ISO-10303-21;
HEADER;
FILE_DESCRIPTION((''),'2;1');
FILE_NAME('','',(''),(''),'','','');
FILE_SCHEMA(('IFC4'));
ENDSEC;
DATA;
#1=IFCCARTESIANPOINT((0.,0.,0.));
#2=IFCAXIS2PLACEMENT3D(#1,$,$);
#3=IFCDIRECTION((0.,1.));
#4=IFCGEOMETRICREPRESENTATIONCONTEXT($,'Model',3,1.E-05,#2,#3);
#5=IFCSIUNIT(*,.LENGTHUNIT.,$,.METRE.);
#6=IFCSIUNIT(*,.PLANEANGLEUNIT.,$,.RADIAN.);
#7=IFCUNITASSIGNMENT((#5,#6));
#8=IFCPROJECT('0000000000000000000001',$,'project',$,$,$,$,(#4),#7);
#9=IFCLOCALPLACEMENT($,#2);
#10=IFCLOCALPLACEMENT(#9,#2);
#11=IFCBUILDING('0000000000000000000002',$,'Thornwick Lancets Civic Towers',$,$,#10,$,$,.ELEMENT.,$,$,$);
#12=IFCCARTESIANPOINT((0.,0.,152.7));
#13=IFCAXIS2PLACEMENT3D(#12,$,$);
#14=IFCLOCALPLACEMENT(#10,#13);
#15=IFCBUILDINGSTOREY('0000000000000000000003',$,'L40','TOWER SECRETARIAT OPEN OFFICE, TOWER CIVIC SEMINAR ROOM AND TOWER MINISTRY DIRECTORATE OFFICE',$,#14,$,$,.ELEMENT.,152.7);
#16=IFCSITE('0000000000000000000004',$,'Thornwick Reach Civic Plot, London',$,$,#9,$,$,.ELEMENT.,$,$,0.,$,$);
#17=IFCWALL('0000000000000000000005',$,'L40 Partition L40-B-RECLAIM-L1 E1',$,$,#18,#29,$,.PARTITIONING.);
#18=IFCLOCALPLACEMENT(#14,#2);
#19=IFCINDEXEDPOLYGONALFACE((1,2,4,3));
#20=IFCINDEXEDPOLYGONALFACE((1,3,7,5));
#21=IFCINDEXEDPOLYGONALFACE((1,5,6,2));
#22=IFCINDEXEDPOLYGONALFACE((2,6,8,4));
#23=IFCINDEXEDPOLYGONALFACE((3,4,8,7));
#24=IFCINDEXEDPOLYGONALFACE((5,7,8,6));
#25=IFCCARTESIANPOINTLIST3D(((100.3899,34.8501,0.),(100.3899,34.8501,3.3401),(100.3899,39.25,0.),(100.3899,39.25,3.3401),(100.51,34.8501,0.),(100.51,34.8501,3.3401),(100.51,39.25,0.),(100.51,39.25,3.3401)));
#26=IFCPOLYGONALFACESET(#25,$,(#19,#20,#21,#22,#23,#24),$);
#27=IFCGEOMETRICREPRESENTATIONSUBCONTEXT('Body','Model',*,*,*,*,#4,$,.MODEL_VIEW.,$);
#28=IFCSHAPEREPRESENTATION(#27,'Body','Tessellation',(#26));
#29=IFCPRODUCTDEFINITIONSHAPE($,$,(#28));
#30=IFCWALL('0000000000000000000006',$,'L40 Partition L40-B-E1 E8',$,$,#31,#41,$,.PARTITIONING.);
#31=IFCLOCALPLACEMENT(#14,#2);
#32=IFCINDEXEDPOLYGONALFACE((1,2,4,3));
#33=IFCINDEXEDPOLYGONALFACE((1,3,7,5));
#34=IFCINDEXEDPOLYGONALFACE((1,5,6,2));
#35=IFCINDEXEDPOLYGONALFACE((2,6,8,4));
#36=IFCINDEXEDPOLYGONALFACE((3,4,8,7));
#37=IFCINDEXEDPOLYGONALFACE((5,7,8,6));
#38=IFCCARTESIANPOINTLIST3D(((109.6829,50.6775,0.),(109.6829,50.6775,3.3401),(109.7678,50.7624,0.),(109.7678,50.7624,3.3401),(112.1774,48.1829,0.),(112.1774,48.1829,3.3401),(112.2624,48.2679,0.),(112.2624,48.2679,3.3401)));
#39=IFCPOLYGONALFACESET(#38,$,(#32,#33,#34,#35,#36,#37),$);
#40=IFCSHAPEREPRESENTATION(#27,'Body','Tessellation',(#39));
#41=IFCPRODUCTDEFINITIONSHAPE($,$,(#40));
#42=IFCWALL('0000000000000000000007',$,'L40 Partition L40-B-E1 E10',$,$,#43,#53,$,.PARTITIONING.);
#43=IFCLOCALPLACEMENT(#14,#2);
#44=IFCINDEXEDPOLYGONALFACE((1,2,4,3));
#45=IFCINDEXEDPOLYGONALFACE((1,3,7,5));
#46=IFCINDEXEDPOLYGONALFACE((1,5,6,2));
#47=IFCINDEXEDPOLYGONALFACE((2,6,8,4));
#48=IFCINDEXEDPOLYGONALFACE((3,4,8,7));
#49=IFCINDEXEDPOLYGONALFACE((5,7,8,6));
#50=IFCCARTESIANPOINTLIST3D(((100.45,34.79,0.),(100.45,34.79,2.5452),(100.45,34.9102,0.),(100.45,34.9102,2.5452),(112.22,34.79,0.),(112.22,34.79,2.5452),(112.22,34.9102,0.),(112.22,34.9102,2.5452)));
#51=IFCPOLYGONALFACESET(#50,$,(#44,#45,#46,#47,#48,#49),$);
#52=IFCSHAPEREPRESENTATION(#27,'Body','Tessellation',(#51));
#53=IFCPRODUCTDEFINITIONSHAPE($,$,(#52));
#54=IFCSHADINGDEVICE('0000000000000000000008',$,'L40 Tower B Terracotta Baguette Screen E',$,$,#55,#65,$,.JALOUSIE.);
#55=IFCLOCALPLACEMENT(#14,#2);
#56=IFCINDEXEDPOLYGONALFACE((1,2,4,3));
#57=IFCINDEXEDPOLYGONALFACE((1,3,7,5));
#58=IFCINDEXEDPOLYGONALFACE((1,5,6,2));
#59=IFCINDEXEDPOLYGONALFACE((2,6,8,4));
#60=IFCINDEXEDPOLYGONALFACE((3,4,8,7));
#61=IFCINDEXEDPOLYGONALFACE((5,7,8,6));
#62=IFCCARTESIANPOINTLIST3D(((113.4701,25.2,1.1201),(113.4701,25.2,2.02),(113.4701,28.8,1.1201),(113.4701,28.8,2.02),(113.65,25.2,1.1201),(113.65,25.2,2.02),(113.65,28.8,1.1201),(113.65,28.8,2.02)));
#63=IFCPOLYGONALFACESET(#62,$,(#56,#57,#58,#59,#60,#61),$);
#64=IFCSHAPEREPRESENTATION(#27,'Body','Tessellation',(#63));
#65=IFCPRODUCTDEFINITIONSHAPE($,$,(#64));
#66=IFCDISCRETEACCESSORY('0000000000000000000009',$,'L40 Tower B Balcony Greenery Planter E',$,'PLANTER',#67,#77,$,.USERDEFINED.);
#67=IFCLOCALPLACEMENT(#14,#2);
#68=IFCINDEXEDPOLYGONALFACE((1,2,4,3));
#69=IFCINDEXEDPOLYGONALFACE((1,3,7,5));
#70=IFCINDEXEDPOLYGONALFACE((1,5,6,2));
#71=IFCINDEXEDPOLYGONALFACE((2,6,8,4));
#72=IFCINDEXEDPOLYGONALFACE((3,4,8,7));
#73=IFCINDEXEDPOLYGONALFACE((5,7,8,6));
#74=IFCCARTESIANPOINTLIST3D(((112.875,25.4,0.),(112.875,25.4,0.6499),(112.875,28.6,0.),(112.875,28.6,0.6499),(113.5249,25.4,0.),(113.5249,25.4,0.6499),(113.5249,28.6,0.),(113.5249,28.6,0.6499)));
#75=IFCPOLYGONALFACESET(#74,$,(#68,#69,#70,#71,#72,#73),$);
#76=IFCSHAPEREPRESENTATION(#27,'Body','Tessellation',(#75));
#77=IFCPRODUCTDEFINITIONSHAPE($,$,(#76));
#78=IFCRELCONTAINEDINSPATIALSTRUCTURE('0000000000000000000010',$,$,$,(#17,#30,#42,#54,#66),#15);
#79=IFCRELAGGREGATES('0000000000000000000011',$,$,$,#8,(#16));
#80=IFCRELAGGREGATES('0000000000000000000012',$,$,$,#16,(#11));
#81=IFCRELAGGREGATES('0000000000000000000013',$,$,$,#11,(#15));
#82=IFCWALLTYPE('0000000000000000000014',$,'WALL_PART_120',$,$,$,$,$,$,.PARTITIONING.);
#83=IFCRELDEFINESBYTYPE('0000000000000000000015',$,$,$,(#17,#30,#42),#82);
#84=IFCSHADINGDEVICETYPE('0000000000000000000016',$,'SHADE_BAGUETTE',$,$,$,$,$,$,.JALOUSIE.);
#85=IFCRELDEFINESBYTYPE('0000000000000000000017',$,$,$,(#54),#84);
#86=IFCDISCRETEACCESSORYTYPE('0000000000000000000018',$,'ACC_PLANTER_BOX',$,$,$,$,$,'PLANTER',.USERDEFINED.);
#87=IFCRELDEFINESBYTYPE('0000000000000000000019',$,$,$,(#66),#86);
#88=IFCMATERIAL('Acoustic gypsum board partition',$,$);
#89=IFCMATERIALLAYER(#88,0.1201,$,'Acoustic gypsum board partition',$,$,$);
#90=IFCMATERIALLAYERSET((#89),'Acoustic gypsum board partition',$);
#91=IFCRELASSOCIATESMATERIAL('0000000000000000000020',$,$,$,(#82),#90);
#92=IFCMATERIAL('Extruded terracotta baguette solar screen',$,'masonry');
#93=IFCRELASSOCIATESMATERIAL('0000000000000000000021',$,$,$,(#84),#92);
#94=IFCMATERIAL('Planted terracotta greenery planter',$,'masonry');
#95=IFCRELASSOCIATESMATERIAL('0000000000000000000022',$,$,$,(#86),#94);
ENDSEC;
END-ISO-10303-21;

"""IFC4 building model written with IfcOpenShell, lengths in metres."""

from ifc_helpers import new_model, si_unit, direction, frame, frame_2d, origin, origin_2d, place, context, subcontext, project, spatial, rectangle, extrude, material, layer, layer_set, type_object, element, save


model = new_model("IFC4")

# Units and contexts
model_context = context("Model", 3, precision=1e-05, world=origin(), true_north=direction((0.0, 1.0)))
body_context = subcontext(model_context, "Body", "Model", "MODEL_VIEW")
ifc_project = project(units=[si_unit("LENGTHUNIT", "METRE"), si_unit("PLANEANGLEUNIT", "RADIAN")], contexts=[model_context])

# Site, building, storey
site_placement = place(None, origin())
site = spatial("IfcSite", under=ifc_project, at=site_placement, Name="Thornwick Reach Civic Plot, London", CompositionType="ELEMENT", RefElevation=0.0)
building_placement = place(site_placement, origin())
building = spatial("IfcBuilding", under=site, at=building_placement, Name="Thornwick Lancets Civic Towers", CompositionType="ELEMENT")
storey_placement = place(building_placement, frame((0.0, 0.0, 152.7)))
storey = spatial("IfcBuildingStorey", under=building, at=storey_placement, Name="L40", Description="TOWER SECRETARIAT OPEN OFFICE, TOWER CIVIC SEMINAR ROOM AND TOWER MINISTRY DIRECTORATE OFFICE", CompositionType="ELEMENT", Elevation=152.7)

# Walls
ifc_material_1 = material(Name="Acoustic gypsum board partition")
ifc_layer_1 = layer(ifc_material_1, 0.1201, Name="Acoustic gypsum board partition")
ifc_layer_set_1 = layer_set([ifc_layer_1], Name="Acoustic gypsum board partition")
wall_type_1 = type_object("IfcWallType", Name="WALL_PART_120", PredefinedType="PARTITIONING", material=ifc_layer_set_1)
wall_1_placement = place(storey_placement, frame((100.45, 39.25, 0.0), z_axis=(0.0, 0.0, 1.0), x_axis=(0.0, -1.0, 0.0)))
element("IfcWall", 1, at=wall_1_placement, inside=storey, type_object=wall_type_1, Name="L40 Partition L40-B-RECLAIM-L1 E1", PredefinedType="PARTITIONING", context=body_context, shape_type="SweptSolid", body=[
    extrude(rectangle(XDim=4.3999, YDim=0.1201, at=frame_2d((2.2, 0.0))), origin(), (0.0, 0.0, 1.0), 3.3401),
])
wall_2_placement = place(storey_placement, frame((109.7253, 50.72, 0.0), z_axis=(0.0, 0.0, 1.0), x_axis=(0.707107, -0.707107, 0.0)))
element("IfcWall", 2, at=wall_2_placement, inside=storey, type_object=wall_type_1, Name="L40 Partition L40-B-E1 E8", PredefinedType="PARTITIONING", context=body_context, shape_type="SweptSolid", body=[
    extrude(rectangle(XDim=3.5278, YDim=0.1201, at=frame_2d((1.7639, 0.0))), origin(), (0.0, 0.0, 1.0), 3.3401),
])
wall_3_placement = place(storey_placement, frame((112.22, 34.8501, 0.0), z_axis=(0.0, 0.0, 1.0), x_axis=(-1.0, 0.0, 0.0)))
element("IfcWall", 3, at=wall_3_placement, inside=storey, type_object=wall_type_1, Name="L40 Partition L40-B-E1 E10", PredefinedType="PARTITIONING", context=body_context, shape_type="SweptSolid", body=[
    extrude(rectangle(XDim=11.77, YDim=0.1201, at=frame_2d((5.885, 0.0))), origin(), (0.0, 0.0, 1.0), 2.5452),
])

# Shading device
ifc_material_2 = material(Name="Extruded terracotta baguette solar screen", Category="masonry")
shading_device_type = type_object("IfcShadingDeviceType", Name="SHADE_BAGUETTE", PredefinedType="JALOUSIE", material=ifc_material_2)
shading_device_placement = place(storey_placement, frame((113.5601, 27.0, 1.1201), z_axis=(0.0, 0.0, 1.0), x_axis=(0.0, 1.0, 0.0)))
element("IfcShadingDevice", 4, at=shading_device_placement, inside=storey, type_object=shading_device_type, Name="L40 Tower B Terracotta Baguette Screen E", PredefinedType="JALOUSIE", context=body_context, shape_type="SweptSolid", body=[
    extrude(rectangle(XDim=3.6001, YDim=0.1799, at=origin_2d()), origin(), (0.0, 0.0, 1.0), 0.8999),
])

# Discrete accessory
ifc_material_3 = material(Name="Planted terracotta greenery planter", Category="masonry")
discrete_accessory_type = type_object("IfcDiscreteAccessoryType", Name="ACC_PLANTER_BOX", ElementType="PLANTER", PredefinedType="USERDEFINED", material=ifc_material_3)
discrete_accessory_placement = place(storey_placement, frame((113.2, 27.0, 0.0), z_axis=(0.0, 0.0, 1.0), x_axis=(1.0, 0.0, 0.0)))
element("IfcDiscreteAccessory", 5, at=discrete_accessory_placement, inside=storey, type_object=discrete_accessory_type, Name="L40 Tower B Balcony Greenery Planter E", ObjectType="PLANTER", PredefinedType="USERDEFINED", context=body_context, shape_type="SweptSolid", body=[
    extrude(rectangle(XDim=0.6499, YDim=3.2, at=origin_2d()), origin(), (0.0, 0.0, 1.0), 0.6499),
])

save(model, "model.ifc")
